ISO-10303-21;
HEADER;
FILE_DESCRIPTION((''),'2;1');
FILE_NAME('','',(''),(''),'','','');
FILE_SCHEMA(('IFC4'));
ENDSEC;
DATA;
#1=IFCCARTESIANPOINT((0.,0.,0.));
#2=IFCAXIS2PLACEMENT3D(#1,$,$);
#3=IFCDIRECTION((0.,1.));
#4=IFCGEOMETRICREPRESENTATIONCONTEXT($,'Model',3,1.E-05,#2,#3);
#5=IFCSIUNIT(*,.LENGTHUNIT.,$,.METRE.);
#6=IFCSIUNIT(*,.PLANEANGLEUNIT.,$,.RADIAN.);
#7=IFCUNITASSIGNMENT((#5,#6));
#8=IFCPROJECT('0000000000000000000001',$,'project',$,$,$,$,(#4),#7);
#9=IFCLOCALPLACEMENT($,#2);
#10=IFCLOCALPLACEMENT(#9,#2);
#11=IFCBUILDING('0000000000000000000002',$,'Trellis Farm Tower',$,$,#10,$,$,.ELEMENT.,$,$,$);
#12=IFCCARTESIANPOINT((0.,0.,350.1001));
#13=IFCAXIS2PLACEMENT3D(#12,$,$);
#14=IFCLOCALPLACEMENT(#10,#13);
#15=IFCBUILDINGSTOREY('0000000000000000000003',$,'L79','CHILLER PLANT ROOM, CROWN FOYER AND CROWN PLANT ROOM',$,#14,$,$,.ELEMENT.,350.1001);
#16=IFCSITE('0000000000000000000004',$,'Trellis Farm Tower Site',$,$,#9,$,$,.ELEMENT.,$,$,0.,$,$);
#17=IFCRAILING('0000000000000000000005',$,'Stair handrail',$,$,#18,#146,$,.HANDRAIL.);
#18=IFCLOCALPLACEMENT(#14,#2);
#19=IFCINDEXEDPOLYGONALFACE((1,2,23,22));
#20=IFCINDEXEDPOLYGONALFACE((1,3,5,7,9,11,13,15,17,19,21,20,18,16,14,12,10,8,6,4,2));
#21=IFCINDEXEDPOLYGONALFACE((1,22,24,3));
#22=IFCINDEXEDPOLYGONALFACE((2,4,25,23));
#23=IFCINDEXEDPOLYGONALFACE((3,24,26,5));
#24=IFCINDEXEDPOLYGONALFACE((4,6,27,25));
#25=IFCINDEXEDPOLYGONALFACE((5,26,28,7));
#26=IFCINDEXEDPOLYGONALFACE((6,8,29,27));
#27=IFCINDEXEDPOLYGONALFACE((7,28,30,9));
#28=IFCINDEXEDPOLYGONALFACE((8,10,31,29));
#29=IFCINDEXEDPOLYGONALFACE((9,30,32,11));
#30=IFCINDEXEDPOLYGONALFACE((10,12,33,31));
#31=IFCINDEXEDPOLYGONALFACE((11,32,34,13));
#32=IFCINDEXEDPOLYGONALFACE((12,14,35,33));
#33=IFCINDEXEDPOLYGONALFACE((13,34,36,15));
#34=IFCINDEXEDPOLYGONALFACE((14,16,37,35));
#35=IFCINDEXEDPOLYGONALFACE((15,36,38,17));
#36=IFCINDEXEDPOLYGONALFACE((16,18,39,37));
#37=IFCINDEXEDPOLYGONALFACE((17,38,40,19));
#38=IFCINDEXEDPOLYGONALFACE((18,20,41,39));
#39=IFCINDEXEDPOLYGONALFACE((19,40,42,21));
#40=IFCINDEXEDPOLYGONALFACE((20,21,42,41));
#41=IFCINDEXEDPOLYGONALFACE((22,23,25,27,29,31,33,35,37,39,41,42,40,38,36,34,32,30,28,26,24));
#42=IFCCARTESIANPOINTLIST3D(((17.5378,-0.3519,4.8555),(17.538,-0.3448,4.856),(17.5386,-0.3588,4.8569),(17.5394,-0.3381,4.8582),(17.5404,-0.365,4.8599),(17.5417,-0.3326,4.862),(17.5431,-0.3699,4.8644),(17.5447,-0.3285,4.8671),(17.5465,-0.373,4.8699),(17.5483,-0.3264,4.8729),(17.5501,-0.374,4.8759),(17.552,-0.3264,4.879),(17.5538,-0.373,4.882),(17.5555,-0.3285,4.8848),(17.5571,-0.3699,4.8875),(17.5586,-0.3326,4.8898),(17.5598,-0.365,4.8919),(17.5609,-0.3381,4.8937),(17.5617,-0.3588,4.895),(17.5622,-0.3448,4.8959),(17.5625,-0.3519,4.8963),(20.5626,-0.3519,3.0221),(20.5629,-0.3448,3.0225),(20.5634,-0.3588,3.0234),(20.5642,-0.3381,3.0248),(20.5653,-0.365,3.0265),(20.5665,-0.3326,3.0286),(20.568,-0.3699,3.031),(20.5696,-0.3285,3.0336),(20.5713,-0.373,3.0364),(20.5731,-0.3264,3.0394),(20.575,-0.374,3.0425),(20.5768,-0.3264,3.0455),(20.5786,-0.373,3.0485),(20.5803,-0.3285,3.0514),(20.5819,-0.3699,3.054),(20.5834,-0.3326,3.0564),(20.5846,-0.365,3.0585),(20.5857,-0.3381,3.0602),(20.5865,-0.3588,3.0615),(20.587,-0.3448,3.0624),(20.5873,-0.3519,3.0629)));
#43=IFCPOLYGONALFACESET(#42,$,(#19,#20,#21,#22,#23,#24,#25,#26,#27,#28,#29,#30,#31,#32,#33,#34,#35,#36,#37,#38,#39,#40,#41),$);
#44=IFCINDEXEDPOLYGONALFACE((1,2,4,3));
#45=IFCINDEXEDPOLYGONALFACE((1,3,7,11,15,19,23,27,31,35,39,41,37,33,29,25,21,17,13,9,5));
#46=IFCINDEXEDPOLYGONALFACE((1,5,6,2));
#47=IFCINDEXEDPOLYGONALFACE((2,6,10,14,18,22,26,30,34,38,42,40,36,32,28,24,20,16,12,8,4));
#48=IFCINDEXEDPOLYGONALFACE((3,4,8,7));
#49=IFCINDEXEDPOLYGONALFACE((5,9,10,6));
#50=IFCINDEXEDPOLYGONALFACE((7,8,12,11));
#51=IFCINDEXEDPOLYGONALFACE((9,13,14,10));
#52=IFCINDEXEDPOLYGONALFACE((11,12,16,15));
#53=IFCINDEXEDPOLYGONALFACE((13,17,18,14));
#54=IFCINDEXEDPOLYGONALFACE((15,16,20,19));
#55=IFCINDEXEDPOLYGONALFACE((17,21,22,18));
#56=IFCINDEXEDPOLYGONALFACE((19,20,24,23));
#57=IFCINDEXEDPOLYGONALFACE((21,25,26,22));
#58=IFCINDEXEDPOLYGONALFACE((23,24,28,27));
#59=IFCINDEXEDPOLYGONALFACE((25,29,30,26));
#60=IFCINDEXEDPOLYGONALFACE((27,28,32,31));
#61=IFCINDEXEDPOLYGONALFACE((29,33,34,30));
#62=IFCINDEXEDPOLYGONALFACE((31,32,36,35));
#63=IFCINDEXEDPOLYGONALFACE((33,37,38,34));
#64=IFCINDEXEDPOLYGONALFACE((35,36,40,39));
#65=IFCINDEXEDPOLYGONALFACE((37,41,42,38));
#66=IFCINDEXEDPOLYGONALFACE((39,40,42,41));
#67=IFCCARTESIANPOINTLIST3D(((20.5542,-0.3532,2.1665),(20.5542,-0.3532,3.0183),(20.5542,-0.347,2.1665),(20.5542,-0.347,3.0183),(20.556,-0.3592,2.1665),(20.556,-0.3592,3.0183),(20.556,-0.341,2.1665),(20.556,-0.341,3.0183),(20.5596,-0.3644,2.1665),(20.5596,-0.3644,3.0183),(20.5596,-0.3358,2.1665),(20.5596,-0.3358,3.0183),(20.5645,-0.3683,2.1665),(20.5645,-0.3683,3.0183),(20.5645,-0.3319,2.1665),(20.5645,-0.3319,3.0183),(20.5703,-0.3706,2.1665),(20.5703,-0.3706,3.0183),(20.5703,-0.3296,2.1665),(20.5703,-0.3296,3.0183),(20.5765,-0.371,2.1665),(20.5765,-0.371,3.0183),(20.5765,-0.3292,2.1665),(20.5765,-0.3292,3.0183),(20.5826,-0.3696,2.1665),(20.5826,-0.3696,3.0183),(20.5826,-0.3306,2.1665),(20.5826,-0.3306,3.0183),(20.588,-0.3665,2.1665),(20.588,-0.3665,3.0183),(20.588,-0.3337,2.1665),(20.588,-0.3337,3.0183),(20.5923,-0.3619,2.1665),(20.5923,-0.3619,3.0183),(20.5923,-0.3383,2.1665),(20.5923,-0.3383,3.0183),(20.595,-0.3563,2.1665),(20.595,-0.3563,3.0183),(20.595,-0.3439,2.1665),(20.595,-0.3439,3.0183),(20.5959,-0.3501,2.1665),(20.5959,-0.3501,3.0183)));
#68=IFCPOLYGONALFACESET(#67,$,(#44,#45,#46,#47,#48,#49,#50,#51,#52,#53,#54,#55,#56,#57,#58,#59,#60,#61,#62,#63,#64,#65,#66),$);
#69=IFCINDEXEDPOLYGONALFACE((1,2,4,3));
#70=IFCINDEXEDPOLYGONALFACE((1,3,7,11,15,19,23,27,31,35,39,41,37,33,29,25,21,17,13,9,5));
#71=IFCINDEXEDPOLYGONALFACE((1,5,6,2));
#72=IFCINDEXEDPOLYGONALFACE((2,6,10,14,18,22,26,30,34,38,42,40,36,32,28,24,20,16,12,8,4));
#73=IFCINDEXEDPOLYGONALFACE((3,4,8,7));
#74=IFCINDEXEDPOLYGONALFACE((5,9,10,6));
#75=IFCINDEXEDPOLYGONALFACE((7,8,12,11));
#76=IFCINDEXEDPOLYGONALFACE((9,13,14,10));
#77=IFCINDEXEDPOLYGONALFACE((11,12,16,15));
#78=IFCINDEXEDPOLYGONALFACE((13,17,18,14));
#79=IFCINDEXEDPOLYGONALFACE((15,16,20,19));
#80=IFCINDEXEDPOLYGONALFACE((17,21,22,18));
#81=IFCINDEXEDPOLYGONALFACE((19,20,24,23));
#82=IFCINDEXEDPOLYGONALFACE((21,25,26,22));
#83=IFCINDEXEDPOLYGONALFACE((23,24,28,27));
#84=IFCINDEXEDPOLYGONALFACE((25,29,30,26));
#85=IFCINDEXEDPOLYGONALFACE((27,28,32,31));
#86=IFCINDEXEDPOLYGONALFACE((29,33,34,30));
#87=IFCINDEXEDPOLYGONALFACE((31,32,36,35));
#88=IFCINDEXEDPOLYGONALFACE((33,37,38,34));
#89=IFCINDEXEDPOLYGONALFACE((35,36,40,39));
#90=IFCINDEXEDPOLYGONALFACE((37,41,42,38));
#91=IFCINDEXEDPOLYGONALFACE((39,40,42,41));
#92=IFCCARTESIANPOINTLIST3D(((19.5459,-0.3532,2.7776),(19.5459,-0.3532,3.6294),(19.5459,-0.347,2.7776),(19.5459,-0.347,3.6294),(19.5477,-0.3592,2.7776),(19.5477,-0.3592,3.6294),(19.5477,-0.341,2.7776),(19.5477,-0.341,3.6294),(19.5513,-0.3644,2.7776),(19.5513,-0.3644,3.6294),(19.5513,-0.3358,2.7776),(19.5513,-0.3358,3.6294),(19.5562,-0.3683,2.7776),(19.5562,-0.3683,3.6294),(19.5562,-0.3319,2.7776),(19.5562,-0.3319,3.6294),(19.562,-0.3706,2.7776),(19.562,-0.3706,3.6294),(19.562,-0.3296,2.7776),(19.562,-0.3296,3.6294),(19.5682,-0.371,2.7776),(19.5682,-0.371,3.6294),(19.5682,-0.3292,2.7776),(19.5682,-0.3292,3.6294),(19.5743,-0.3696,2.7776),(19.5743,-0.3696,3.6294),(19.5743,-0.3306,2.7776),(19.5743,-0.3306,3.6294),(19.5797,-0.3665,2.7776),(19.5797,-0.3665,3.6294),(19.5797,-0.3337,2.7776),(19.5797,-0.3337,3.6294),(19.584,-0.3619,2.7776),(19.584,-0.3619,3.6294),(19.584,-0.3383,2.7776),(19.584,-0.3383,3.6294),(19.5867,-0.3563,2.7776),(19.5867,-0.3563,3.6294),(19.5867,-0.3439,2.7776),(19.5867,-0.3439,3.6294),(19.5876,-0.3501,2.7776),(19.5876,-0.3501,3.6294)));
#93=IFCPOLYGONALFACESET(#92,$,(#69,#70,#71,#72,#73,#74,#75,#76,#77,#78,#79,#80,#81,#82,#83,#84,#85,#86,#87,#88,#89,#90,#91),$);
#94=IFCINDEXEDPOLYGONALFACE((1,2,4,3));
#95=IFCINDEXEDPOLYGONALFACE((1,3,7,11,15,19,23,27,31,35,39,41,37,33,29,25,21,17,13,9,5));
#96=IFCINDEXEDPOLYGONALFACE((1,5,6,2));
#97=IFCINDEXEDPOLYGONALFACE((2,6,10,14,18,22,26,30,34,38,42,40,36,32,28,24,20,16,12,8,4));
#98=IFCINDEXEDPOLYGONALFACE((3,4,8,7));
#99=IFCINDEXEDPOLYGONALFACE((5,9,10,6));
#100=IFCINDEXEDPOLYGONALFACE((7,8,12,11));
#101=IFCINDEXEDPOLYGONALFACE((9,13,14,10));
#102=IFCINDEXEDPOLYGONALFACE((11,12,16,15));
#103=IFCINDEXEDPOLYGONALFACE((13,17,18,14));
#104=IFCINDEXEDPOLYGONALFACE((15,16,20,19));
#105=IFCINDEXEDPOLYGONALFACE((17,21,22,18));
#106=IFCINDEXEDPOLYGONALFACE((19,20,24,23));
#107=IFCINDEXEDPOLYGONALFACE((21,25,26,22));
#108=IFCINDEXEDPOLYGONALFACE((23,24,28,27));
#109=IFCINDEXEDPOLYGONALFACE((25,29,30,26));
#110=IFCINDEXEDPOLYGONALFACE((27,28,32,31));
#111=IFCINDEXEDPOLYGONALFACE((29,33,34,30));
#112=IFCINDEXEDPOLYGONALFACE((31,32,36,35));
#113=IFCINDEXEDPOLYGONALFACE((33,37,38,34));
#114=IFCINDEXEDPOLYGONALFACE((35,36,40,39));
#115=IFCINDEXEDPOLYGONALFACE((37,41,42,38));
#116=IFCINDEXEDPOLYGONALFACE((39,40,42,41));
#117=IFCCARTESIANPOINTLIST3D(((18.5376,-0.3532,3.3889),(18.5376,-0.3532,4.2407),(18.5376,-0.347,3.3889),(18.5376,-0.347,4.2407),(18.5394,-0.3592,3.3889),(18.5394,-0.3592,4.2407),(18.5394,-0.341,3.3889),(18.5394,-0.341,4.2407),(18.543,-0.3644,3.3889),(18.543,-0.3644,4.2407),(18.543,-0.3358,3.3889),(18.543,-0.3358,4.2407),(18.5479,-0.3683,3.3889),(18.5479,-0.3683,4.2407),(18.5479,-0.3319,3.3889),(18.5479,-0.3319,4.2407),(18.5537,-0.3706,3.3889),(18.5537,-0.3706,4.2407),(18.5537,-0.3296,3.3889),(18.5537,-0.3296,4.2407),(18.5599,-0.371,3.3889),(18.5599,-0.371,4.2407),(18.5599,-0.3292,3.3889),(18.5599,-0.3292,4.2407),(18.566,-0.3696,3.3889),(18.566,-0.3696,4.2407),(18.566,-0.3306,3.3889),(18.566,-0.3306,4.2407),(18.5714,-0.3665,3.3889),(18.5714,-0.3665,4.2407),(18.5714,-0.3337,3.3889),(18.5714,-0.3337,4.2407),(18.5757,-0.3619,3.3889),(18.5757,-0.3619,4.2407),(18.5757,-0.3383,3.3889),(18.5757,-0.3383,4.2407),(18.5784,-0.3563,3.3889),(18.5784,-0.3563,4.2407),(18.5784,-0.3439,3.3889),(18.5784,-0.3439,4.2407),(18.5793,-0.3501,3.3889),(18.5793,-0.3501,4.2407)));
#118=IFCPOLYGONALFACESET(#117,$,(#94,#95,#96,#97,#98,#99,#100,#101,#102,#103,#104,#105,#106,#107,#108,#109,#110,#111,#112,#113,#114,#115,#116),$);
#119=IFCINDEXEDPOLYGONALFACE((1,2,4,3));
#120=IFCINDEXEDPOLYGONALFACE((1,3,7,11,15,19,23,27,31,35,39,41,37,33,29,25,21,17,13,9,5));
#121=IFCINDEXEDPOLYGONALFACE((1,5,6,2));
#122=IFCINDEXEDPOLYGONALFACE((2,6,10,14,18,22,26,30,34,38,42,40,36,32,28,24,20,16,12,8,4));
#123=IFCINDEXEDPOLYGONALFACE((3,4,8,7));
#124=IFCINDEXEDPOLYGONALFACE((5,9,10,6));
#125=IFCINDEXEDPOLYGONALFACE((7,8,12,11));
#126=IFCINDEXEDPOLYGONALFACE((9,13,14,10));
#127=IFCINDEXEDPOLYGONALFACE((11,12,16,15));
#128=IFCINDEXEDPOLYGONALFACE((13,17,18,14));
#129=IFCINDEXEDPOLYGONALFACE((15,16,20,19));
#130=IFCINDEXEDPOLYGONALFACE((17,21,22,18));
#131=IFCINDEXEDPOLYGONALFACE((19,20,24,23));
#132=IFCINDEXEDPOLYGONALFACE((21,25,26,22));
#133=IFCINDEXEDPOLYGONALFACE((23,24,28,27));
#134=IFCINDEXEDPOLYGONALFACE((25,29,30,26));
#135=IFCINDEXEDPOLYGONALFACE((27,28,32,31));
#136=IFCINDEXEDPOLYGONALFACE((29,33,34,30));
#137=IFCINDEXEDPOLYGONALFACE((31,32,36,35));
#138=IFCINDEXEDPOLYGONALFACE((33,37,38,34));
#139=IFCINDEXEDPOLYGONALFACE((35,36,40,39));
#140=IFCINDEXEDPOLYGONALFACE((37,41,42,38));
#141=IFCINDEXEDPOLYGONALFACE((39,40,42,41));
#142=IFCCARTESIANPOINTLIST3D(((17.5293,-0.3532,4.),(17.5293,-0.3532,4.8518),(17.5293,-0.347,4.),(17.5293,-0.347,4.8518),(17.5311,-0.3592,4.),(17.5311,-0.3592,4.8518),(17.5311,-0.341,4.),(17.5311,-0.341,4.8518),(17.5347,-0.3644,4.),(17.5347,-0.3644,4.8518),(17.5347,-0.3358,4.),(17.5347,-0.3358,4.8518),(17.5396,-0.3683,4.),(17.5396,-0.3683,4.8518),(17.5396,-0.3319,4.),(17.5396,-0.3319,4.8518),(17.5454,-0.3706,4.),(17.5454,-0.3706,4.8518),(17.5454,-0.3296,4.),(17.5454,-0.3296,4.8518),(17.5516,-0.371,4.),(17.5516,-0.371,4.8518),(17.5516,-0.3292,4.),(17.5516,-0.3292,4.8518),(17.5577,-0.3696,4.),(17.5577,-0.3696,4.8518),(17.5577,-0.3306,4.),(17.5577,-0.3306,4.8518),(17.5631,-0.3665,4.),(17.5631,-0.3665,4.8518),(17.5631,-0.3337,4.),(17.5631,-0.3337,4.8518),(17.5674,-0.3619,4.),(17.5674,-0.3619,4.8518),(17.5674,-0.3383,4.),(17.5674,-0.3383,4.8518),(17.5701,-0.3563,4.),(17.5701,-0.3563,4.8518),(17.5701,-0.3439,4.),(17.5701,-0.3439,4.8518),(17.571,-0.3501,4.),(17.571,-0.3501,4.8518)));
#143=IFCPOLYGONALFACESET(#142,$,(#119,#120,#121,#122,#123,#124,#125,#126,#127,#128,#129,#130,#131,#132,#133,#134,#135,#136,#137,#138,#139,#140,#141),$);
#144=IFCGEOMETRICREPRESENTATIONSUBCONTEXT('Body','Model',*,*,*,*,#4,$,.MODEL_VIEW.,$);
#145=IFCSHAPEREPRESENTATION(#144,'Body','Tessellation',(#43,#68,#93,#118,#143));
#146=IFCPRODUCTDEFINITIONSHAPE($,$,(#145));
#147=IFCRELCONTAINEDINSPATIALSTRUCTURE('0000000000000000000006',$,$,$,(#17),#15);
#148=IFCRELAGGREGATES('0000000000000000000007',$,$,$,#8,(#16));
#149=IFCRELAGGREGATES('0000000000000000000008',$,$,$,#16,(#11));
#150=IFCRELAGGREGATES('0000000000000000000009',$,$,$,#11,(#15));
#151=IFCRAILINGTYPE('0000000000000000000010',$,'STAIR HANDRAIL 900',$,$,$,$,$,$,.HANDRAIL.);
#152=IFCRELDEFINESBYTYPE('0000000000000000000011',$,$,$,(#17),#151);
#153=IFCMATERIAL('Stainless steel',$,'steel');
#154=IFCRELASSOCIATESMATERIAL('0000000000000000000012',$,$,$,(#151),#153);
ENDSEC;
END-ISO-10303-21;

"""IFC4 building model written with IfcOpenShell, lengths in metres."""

from ifc_helpers import new_model, si_unit, direction, frame, origin, origin_2d, place, context, subcontext, project, spatial, circle, extrude, source, transform, mapped, material, type_object, element, save


model = new_model("IFC4")

# Units and contexts
model_context = context("Model", 3, precision=1e-05, world=origin(), true_north=direction((0.0, 1.0)))
body_context = subcontext(model_context, "Body", "Model", "MODEL_VIEW")
ifc_project = project(units=[si_unit("LENGTHUNIT", "METRE"), si_unit("PLANEANGLEUNIT", "RADIAN")], contexts=[model_context])

# Site, building, storey
site_placement = place(None, origin())
site = spatial("IfcSite", under=ifc_project, at=site_placement, Name="Trellis Farm Tower Site", CompositionType="ELEMENT", RefElevation=0.0)
building_placement = place(site_placement, origin())
building = spatial("IfcBuilding", under=site, at=building_placement, Name="Trellis Farm Tower", CompositionType="ELEMENT")
storey_placement = place(building_placement, frame((0.0, 0.0, 350.1001)))
storey = spatial("IfcBuildingStorey", under=building, at=storey_placement, Name="L79", Description="CHILLER PLANT ROOM, CROWN FOYER AND CROWN PLANT ROOM", CompositionType="ELEMENT", Elevation=350.1001)

# Railing
ifc_material_1 = material(Name="Stainless steel", Category="steel")
railing_type = type_object("IfcRailingType", Name="STAIR HANDRAIL 900", PredefinedType="HANDRAIL", material=ifc_material_1)
shared_shape_1 = source(origin(), body_context, "Body", "SweptSolid", [
    extrude(circle(Radius=0.0239, at=origin_2d()), frame((0.0, 0.0, 0.876), z_axis=(-0.85517, 0.0, 0.518348), x_axis=(0.0, -1.0, 0.0)), (0.0, 0.0, 1.0), 3.5371),
    extrude(circle(Radius=0.021, at=origin_2d()), origin(), (0.0, 0.0, 1.0), 0.8518),
    extrude(circle(Radius=0.021, at=origin_2d()), frame((-1.0083, 0.0, 0.6111)), (0.0, 0.0, 1.0), 0.8518),
    extrude(circle(Radius=0.021, at=origin_2d()), frame((-2.0166, 0.0, 1.2224)), (0.0, 0.0, 1.0), 0.8518),
    extrude(circle(Radius=0.021, at=origin_2d()), frame((-3.0249, 0.0, 1.8335)), (0.0, 0.0, 1.0), 0.8518),
])
for number, where, name in (
    (1, (20.575, -0.3501, 2.1665), "Stair handrail"),
):
    element("IfcRailing", number, at=place(storey_placement, frame(where)), inside=storey, type_object=railing_type, Name=name, PredefinedType="HANDRAIL", context=body_context, shape_type="MappedRepresentation", body=[
        mapped(shared_shape_1, transform((0.0, 0.0, 0.0))),
    ])

save(model, "model.ifc")
